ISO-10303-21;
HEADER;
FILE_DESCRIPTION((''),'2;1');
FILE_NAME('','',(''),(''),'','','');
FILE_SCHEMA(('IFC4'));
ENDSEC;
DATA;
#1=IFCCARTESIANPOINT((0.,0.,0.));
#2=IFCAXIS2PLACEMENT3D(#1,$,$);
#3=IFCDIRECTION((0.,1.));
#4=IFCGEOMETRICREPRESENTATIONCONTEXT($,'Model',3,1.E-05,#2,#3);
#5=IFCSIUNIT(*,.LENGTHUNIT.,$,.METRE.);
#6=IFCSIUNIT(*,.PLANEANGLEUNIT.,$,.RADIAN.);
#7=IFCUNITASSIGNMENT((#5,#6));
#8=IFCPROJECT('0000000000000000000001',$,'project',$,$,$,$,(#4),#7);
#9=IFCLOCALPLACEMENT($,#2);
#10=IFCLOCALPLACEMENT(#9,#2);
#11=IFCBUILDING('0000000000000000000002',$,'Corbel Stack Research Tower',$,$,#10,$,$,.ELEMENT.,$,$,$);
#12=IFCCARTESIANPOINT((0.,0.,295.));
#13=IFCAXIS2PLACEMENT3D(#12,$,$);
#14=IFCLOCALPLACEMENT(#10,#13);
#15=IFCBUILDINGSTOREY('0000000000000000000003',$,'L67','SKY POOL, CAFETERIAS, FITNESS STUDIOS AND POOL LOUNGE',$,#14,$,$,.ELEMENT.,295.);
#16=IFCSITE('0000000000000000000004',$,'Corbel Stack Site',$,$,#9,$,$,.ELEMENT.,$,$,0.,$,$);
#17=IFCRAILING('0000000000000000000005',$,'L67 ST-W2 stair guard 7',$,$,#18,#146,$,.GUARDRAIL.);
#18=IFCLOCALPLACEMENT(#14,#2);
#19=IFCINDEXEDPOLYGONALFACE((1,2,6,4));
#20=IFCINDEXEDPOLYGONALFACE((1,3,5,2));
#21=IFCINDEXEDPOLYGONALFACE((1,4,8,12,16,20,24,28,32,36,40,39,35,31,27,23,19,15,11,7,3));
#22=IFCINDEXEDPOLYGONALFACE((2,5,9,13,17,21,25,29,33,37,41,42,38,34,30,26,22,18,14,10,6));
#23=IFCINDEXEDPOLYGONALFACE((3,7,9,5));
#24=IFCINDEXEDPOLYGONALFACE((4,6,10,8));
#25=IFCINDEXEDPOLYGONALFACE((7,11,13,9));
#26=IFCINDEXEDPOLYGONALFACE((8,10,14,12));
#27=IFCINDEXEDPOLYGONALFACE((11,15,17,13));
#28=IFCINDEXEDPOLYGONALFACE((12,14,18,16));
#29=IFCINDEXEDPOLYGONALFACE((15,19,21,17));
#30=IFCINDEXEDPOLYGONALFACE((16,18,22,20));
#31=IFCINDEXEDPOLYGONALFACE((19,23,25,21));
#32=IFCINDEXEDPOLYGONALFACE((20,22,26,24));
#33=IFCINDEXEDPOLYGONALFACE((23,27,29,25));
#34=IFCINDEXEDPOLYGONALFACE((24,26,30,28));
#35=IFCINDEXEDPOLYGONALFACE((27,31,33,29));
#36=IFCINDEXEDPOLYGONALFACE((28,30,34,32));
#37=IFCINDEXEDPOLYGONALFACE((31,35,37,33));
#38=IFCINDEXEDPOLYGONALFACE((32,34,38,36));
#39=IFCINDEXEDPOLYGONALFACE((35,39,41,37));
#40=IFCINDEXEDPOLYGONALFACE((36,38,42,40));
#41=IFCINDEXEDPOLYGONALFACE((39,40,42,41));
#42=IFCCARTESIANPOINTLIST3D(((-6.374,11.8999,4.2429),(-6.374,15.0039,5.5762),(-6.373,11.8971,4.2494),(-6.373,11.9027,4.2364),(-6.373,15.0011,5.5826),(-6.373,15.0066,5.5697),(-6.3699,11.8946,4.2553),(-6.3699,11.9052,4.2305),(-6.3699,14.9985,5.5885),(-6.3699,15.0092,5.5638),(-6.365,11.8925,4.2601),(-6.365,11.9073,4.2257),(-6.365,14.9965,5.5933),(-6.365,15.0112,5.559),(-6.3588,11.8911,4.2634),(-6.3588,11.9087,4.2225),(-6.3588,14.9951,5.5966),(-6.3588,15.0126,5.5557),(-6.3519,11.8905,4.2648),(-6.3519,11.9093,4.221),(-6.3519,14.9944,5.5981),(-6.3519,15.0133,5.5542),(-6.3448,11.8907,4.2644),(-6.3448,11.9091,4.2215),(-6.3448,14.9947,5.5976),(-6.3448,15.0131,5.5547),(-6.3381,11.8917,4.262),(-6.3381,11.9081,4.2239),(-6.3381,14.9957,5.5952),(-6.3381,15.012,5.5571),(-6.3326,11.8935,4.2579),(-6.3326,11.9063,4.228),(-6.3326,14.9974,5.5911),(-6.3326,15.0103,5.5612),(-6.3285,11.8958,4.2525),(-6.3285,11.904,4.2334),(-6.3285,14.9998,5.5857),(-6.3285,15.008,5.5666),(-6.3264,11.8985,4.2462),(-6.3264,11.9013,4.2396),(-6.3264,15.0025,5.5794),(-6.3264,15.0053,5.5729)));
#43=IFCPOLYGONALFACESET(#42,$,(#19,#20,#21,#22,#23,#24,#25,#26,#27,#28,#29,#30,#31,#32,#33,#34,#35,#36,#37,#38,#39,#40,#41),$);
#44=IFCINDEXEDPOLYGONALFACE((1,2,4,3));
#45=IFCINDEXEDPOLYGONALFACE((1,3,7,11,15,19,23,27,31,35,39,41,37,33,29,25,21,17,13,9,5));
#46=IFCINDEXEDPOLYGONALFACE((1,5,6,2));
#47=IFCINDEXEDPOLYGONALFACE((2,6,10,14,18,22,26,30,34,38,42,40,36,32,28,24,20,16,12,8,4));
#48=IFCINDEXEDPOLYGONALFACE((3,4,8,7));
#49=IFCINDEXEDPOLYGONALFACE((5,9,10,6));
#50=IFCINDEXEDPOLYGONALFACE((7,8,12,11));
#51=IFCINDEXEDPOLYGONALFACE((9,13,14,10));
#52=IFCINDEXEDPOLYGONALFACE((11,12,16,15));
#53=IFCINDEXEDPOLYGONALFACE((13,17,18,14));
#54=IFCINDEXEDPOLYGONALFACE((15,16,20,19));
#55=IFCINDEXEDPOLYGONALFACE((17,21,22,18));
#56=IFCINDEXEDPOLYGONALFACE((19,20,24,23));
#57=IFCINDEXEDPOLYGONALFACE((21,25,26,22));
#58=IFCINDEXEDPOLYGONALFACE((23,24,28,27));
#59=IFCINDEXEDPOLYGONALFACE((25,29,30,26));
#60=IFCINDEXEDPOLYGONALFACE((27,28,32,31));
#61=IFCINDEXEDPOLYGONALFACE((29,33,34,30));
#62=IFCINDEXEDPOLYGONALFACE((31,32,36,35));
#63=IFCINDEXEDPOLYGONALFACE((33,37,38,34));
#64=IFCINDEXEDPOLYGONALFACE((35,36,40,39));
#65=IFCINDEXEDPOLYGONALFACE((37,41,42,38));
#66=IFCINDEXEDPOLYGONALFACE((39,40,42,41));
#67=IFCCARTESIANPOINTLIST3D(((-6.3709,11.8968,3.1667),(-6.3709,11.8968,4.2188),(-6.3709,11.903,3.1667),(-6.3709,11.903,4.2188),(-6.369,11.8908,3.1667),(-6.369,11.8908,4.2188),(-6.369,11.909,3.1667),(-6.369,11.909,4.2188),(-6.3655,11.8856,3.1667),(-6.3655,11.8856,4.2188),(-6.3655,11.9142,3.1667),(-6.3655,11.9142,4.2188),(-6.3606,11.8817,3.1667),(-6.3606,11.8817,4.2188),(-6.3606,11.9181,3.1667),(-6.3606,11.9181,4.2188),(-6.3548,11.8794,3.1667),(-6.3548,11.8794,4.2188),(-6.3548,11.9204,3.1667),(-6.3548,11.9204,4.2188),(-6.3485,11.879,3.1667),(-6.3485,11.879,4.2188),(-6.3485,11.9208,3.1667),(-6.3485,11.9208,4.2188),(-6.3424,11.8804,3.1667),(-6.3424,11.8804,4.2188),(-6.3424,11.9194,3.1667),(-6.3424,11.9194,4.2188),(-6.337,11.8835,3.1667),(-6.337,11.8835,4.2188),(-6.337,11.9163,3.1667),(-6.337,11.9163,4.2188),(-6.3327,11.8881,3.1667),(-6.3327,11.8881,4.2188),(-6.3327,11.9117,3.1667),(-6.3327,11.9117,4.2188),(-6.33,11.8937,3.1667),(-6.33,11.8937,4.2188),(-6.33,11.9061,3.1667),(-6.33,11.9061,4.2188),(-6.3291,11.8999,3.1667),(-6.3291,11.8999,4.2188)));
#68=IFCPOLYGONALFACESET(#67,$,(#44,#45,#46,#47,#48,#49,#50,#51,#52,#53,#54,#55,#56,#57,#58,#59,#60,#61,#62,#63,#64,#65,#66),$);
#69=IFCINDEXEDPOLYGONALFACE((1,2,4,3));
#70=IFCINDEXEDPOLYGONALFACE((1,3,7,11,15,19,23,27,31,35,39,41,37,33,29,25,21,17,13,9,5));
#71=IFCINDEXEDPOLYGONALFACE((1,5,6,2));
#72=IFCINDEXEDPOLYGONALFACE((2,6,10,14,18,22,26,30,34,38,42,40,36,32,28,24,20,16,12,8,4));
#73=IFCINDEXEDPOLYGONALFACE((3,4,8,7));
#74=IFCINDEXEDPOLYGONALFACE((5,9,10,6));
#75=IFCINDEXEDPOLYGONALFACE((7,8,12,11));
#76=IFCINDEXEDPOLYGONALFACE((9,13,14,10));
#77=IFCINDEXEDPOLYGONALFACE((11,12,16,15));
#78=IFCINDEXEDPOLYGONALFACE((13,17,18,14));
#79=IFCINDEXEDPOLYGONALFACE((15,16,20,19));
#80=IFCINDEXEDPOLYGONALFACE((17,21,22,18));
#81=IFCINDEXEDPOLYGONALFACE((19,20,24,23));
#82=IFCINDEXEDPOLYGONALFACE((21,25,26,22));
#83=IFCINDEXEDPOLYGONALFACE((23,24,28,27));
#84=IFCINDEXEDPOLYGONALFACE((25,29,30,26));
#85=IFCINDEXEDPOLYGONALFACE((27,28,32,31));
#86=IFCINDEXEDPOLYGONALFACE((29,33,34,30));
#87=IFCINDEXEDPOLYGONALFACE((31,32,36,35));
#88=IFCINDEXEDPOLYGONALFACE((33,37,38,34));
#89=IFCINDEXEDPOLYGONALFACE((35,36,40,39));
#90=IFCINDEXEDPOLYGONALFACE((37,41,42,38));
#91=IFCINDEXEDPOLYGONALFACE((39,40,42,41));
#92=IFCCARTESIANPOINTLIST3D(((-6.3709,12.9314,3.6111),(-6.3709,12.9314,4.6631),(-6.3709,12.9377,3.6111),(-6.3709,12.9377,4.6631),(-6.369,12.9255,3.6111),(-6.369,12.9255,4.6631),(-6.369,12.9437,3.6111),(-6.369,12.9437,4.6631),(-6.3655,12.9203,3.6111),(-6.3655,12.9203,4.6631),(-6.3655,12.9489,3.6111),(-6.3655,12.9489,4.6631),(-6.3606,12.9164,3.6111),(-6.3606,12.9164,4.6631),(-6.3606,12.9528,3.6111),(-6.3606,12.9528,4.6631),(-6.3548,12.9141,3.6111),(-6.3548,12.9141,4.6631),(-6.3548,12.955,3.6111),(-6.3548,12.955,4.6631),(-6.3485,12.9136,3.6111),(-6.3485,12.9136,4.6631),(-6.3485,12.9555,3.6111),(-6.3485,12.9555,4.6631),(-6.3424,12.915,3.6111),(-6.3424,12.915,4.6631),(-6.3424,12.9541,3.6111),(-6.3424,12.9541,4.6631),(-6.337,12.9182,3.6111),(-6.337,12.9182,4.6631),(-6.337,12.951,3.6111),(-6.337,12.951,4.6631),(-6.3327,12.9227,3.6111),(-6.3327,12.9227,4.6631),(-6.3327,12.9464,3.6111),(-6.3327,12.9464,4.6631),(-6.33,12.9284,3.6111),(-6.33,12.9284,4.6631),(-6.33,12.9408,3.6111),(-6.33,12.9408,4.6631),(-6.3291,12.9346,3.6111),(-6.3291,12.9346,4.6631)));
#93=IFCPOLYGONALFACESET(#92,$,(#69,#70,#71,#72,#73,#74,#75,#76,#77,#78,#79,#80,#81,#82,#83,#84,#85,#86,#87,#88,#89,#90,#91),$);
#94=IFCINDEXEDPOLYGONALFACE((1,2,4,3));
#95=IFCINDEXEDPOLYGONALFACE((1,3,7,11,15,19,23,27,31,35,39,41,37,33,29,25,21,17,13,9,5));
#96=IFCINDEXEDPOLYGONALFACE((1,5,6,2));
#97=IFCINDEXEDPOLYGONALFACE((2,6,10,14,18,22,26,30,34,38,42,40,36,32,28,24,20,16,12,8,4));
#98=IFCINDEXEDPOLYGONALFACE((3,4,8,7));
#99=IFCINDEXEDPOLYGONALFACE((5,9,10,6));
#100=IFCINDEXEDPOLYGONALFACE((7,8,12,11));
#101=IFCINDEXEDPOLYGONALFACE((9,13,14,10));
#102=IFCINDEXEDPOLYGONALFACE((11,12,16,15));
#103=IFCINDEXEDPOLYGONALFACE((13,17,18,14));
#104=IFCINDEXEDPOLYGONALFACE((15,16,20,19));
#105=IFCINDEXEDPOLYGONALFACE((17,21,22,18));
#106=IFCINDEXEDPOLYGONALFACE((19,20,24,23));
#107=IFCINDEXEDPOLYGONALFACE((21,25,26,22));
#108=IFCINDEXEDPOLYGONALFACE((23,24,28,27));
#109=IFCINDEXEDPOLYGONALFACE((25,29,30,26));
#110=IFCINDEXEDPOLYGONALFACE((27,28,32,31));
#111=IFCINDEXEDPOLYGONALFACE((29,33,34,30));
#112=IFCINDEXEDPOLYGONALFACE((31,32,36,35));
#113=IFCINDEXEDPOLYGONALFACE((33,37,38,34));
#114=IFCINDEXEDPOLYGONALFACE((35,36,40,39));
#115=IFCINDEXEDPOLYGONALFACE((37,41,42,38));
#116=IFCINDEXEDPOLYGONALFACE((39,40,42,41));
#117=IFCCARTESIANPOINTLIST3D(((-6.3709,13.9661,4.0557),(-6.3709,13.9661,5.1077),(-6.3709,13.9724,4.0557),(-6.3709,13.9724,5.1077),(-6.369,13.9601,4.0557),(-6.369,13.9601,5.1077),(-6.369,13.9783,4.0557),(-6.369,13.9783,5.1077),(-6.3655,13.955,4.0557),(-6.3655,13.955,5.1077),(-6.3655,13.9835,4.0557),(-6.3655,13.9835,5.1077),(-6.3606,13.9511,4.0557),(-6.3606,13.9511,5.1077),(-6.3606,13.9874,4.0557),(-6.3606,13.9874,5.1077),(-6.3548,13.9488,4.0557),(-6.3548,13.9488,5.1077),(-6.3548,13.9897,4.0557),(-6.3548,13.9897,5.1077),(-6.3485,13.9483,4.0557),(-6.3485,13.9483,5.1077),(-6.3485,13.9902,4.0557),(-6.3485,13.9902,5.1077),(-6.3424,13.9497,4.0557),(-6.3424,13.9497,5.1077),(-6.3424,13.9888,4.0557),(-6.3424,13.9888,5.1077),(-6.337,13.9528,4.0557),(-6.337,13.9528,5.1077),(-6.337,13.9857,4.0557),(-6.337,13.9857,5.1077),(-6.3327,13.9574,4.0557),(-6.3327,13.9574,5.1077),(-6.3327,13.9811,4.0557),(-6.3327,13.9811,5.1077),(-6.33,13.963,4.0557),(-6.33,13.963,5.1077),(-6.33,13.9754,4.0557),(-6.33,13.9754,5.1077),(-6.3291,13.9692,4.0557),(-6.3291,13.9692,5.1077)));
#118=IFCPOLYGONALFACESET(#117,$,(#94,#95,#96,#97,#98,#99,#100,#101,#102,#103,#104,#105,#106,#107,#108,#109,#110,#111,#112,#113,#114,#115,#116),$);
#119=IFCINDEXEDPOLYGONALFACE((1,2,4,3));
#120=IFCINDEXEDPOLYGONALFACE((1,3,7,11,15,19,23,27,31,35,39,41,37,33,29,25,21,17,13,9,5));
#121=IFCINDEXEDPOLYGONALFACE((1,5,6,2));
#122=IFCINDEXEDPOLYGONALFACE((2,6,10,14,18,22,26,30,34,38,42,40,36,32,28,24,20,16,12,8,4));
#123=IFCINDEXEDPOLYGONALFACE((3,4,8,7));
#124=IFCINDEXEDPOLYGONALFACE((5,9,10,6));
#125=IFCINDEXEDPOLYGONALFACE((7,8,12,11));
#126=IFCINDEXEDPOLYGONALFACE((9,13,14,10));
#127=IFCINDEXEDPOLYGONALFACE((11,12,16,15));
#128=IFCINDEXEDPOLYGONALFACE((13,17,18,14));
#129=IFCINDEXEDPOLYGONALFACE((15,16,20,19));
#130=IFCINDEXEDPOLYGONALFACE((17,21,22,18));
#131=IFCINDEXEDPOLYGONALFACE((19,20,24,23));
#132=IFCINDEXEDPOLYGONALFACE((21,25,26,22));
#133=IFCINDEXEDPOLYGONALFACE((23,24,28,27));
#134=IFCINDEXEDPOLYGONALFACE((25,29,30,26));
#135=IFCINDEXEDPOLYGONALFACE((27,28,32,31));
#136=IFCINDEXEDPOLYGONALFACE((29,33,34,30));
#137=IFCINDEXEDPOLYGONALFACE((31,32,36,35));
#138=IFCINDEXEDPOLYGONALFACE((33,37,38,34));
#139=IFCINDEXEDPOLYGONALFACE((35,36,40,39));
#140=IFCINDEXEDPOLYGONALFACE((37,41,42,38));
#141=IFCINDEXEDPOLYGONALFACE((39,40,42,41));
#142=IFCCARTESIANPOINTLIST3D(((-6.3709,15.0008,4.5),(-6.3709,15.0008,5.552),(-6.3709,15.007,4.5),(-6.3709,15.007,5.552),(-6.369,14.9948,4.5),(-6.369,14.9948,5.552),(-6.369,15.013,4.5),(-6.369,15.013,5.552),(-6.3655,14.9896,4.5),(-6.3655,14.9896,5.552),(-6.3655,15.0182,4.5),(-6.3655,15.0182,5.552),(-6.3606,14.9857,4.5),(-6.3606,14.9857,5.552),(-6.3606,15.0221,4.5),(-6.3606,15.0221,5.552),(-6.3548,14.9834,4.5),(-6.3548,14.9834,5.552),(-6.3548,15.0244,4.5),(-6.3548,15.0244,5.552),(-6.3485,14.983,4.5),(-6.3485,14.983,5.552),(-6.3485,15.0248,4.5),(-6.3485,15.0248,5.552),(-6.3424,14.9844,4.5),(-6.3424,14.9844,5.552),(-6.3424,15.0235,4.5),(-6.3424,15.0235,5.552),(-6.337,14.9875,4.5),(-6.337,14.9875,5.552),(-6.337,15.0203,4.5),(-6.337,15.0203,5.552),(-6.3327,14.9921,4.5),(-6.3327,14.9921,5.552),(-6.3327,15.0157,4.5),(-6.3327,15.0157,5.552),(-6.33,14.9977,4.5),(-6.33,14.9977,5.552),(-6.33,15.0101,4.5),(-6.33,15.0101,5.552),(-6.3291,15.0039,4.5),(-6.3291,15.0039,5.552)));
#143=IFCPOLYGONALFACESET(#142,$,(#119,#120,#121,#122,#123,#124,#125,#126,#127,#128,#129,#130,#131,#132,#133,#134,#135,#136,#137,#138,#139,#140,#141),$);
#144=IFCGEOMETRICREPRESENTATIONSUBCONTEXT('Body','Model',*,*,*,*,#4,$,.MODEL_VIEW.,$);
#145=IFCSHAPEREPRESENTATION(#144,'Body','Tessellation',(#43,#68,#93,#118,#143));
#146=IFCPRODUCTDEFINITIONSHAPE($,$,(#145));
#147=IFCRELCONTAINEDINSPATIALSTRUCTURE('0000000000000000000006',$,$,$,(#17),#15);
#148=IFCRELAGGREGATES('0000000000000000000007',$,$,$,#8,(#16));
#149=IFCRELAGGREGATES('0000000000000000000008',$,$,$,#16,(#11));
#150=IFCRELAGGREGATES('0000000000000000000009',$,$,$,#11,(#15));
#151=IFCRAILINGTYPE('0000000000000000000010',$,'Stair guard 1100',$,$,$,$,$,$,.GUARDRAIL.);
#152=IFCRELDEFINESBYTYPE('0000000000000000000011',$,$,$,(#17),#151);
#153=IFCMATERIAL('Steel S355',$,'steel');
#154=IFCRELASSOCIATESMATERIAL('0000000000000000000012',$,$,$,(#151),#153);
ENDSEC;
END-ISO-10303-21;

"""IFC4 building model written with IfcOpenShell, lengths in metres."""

from ifc_helpers import new_model, si_unit, direction, frame, origin, origin_2d, place, context, subcontext, project, spatial, circle, extrude, material, type_object, element, save


model = new_model("IFC4")

# Units and contexts
model_context = context("Model", 3, precision=1e-05, world=origin(), true_north=direction((0.0, 1.0)))
body_context = subcontext(model_context, "Body", "Model", "MODEL_VIEW")
ifc_project = project(units=[si_unit("LENGTHUNIT", "METRE"), si_unit("PLANEANGLEUNIT", "RADIAN")], contexts=[model_context])

# Site, building, storey
site_placement = place(None, origin())
site = spatial("IfcSite", under=ifc_project, at=site_placement, Name="Corbel Stack Site", CompositionType="ELEMENT", RefElevation=0.0)
building_placement = place(site_placement, origin())
building = spatial("IfcBuilding", under=site, at=building_placement, Name="Corbel Stack Research Tower", CompositionType="ELEMENT")
storey_placement = place(building_placement, frame((0.0, 0.0, 295.0)))
storey = spatial("IfcBuildingStorey", under=building, at=storey_placement, Name="L67", Description="SKY POOL, CAFETERIAS, FITNESS STUDIOS AND POOL LOUNGE", CompositionType="ELEMENT", Elevation=295.0)

# Railing
ifc_material_1 = material(Name="Steel S355", Category="steel")
railing_type_1 = type_object("IfcRailingType", Name="Stair guard 1100", PredefinedType="GUARDRAIL", material=ifc_material_1)
railing_1_placement = place(storey_placement, frame((-6.3501, 11.8999, 3.1667)))
element("IfcRailing", 1, at=railing_1_placement, inside=storey, type_object=railing_type_1, Name="L67 ST-W2 stair guard 7", PredefinedType="GUARDRAIL", context=body_context, shape_type="SweptSolid", body=[
    extrude(circle(Radius=0.0239, at=origin_2d()), frame((0.0, 0.0, 1.0762), z_axis=(0.0, 0.918827, 0.394661), x_axis=(-1.0, 0.0, 0.0)), (0.0, 0.0, 1.0), 3.3782),
    extrude(circle(Radius=0.021, at=origin_2d()), origin(), (0.0, 0.0, 1.0), 1.052),
    extrude(circle(Radius=0.021, at=origin_2d()), frame((0.0, 1.0347, 0.4443)), (0.0, 0.0, 1.0), 1.052),
    extrude(circle(Radius=0.021, at=origin_2d()), frame((0.0, 2.0693, 0.8889)), (0.0, 0.0, 1.0), 1.052),
    extrude(circle(Radius=0.021, at=origin_2d()), frame((0.0, 3.104, 1.3333)), (0.0, 0.0, 1.0), 1.052),
])

save(model, "model.ifc")
